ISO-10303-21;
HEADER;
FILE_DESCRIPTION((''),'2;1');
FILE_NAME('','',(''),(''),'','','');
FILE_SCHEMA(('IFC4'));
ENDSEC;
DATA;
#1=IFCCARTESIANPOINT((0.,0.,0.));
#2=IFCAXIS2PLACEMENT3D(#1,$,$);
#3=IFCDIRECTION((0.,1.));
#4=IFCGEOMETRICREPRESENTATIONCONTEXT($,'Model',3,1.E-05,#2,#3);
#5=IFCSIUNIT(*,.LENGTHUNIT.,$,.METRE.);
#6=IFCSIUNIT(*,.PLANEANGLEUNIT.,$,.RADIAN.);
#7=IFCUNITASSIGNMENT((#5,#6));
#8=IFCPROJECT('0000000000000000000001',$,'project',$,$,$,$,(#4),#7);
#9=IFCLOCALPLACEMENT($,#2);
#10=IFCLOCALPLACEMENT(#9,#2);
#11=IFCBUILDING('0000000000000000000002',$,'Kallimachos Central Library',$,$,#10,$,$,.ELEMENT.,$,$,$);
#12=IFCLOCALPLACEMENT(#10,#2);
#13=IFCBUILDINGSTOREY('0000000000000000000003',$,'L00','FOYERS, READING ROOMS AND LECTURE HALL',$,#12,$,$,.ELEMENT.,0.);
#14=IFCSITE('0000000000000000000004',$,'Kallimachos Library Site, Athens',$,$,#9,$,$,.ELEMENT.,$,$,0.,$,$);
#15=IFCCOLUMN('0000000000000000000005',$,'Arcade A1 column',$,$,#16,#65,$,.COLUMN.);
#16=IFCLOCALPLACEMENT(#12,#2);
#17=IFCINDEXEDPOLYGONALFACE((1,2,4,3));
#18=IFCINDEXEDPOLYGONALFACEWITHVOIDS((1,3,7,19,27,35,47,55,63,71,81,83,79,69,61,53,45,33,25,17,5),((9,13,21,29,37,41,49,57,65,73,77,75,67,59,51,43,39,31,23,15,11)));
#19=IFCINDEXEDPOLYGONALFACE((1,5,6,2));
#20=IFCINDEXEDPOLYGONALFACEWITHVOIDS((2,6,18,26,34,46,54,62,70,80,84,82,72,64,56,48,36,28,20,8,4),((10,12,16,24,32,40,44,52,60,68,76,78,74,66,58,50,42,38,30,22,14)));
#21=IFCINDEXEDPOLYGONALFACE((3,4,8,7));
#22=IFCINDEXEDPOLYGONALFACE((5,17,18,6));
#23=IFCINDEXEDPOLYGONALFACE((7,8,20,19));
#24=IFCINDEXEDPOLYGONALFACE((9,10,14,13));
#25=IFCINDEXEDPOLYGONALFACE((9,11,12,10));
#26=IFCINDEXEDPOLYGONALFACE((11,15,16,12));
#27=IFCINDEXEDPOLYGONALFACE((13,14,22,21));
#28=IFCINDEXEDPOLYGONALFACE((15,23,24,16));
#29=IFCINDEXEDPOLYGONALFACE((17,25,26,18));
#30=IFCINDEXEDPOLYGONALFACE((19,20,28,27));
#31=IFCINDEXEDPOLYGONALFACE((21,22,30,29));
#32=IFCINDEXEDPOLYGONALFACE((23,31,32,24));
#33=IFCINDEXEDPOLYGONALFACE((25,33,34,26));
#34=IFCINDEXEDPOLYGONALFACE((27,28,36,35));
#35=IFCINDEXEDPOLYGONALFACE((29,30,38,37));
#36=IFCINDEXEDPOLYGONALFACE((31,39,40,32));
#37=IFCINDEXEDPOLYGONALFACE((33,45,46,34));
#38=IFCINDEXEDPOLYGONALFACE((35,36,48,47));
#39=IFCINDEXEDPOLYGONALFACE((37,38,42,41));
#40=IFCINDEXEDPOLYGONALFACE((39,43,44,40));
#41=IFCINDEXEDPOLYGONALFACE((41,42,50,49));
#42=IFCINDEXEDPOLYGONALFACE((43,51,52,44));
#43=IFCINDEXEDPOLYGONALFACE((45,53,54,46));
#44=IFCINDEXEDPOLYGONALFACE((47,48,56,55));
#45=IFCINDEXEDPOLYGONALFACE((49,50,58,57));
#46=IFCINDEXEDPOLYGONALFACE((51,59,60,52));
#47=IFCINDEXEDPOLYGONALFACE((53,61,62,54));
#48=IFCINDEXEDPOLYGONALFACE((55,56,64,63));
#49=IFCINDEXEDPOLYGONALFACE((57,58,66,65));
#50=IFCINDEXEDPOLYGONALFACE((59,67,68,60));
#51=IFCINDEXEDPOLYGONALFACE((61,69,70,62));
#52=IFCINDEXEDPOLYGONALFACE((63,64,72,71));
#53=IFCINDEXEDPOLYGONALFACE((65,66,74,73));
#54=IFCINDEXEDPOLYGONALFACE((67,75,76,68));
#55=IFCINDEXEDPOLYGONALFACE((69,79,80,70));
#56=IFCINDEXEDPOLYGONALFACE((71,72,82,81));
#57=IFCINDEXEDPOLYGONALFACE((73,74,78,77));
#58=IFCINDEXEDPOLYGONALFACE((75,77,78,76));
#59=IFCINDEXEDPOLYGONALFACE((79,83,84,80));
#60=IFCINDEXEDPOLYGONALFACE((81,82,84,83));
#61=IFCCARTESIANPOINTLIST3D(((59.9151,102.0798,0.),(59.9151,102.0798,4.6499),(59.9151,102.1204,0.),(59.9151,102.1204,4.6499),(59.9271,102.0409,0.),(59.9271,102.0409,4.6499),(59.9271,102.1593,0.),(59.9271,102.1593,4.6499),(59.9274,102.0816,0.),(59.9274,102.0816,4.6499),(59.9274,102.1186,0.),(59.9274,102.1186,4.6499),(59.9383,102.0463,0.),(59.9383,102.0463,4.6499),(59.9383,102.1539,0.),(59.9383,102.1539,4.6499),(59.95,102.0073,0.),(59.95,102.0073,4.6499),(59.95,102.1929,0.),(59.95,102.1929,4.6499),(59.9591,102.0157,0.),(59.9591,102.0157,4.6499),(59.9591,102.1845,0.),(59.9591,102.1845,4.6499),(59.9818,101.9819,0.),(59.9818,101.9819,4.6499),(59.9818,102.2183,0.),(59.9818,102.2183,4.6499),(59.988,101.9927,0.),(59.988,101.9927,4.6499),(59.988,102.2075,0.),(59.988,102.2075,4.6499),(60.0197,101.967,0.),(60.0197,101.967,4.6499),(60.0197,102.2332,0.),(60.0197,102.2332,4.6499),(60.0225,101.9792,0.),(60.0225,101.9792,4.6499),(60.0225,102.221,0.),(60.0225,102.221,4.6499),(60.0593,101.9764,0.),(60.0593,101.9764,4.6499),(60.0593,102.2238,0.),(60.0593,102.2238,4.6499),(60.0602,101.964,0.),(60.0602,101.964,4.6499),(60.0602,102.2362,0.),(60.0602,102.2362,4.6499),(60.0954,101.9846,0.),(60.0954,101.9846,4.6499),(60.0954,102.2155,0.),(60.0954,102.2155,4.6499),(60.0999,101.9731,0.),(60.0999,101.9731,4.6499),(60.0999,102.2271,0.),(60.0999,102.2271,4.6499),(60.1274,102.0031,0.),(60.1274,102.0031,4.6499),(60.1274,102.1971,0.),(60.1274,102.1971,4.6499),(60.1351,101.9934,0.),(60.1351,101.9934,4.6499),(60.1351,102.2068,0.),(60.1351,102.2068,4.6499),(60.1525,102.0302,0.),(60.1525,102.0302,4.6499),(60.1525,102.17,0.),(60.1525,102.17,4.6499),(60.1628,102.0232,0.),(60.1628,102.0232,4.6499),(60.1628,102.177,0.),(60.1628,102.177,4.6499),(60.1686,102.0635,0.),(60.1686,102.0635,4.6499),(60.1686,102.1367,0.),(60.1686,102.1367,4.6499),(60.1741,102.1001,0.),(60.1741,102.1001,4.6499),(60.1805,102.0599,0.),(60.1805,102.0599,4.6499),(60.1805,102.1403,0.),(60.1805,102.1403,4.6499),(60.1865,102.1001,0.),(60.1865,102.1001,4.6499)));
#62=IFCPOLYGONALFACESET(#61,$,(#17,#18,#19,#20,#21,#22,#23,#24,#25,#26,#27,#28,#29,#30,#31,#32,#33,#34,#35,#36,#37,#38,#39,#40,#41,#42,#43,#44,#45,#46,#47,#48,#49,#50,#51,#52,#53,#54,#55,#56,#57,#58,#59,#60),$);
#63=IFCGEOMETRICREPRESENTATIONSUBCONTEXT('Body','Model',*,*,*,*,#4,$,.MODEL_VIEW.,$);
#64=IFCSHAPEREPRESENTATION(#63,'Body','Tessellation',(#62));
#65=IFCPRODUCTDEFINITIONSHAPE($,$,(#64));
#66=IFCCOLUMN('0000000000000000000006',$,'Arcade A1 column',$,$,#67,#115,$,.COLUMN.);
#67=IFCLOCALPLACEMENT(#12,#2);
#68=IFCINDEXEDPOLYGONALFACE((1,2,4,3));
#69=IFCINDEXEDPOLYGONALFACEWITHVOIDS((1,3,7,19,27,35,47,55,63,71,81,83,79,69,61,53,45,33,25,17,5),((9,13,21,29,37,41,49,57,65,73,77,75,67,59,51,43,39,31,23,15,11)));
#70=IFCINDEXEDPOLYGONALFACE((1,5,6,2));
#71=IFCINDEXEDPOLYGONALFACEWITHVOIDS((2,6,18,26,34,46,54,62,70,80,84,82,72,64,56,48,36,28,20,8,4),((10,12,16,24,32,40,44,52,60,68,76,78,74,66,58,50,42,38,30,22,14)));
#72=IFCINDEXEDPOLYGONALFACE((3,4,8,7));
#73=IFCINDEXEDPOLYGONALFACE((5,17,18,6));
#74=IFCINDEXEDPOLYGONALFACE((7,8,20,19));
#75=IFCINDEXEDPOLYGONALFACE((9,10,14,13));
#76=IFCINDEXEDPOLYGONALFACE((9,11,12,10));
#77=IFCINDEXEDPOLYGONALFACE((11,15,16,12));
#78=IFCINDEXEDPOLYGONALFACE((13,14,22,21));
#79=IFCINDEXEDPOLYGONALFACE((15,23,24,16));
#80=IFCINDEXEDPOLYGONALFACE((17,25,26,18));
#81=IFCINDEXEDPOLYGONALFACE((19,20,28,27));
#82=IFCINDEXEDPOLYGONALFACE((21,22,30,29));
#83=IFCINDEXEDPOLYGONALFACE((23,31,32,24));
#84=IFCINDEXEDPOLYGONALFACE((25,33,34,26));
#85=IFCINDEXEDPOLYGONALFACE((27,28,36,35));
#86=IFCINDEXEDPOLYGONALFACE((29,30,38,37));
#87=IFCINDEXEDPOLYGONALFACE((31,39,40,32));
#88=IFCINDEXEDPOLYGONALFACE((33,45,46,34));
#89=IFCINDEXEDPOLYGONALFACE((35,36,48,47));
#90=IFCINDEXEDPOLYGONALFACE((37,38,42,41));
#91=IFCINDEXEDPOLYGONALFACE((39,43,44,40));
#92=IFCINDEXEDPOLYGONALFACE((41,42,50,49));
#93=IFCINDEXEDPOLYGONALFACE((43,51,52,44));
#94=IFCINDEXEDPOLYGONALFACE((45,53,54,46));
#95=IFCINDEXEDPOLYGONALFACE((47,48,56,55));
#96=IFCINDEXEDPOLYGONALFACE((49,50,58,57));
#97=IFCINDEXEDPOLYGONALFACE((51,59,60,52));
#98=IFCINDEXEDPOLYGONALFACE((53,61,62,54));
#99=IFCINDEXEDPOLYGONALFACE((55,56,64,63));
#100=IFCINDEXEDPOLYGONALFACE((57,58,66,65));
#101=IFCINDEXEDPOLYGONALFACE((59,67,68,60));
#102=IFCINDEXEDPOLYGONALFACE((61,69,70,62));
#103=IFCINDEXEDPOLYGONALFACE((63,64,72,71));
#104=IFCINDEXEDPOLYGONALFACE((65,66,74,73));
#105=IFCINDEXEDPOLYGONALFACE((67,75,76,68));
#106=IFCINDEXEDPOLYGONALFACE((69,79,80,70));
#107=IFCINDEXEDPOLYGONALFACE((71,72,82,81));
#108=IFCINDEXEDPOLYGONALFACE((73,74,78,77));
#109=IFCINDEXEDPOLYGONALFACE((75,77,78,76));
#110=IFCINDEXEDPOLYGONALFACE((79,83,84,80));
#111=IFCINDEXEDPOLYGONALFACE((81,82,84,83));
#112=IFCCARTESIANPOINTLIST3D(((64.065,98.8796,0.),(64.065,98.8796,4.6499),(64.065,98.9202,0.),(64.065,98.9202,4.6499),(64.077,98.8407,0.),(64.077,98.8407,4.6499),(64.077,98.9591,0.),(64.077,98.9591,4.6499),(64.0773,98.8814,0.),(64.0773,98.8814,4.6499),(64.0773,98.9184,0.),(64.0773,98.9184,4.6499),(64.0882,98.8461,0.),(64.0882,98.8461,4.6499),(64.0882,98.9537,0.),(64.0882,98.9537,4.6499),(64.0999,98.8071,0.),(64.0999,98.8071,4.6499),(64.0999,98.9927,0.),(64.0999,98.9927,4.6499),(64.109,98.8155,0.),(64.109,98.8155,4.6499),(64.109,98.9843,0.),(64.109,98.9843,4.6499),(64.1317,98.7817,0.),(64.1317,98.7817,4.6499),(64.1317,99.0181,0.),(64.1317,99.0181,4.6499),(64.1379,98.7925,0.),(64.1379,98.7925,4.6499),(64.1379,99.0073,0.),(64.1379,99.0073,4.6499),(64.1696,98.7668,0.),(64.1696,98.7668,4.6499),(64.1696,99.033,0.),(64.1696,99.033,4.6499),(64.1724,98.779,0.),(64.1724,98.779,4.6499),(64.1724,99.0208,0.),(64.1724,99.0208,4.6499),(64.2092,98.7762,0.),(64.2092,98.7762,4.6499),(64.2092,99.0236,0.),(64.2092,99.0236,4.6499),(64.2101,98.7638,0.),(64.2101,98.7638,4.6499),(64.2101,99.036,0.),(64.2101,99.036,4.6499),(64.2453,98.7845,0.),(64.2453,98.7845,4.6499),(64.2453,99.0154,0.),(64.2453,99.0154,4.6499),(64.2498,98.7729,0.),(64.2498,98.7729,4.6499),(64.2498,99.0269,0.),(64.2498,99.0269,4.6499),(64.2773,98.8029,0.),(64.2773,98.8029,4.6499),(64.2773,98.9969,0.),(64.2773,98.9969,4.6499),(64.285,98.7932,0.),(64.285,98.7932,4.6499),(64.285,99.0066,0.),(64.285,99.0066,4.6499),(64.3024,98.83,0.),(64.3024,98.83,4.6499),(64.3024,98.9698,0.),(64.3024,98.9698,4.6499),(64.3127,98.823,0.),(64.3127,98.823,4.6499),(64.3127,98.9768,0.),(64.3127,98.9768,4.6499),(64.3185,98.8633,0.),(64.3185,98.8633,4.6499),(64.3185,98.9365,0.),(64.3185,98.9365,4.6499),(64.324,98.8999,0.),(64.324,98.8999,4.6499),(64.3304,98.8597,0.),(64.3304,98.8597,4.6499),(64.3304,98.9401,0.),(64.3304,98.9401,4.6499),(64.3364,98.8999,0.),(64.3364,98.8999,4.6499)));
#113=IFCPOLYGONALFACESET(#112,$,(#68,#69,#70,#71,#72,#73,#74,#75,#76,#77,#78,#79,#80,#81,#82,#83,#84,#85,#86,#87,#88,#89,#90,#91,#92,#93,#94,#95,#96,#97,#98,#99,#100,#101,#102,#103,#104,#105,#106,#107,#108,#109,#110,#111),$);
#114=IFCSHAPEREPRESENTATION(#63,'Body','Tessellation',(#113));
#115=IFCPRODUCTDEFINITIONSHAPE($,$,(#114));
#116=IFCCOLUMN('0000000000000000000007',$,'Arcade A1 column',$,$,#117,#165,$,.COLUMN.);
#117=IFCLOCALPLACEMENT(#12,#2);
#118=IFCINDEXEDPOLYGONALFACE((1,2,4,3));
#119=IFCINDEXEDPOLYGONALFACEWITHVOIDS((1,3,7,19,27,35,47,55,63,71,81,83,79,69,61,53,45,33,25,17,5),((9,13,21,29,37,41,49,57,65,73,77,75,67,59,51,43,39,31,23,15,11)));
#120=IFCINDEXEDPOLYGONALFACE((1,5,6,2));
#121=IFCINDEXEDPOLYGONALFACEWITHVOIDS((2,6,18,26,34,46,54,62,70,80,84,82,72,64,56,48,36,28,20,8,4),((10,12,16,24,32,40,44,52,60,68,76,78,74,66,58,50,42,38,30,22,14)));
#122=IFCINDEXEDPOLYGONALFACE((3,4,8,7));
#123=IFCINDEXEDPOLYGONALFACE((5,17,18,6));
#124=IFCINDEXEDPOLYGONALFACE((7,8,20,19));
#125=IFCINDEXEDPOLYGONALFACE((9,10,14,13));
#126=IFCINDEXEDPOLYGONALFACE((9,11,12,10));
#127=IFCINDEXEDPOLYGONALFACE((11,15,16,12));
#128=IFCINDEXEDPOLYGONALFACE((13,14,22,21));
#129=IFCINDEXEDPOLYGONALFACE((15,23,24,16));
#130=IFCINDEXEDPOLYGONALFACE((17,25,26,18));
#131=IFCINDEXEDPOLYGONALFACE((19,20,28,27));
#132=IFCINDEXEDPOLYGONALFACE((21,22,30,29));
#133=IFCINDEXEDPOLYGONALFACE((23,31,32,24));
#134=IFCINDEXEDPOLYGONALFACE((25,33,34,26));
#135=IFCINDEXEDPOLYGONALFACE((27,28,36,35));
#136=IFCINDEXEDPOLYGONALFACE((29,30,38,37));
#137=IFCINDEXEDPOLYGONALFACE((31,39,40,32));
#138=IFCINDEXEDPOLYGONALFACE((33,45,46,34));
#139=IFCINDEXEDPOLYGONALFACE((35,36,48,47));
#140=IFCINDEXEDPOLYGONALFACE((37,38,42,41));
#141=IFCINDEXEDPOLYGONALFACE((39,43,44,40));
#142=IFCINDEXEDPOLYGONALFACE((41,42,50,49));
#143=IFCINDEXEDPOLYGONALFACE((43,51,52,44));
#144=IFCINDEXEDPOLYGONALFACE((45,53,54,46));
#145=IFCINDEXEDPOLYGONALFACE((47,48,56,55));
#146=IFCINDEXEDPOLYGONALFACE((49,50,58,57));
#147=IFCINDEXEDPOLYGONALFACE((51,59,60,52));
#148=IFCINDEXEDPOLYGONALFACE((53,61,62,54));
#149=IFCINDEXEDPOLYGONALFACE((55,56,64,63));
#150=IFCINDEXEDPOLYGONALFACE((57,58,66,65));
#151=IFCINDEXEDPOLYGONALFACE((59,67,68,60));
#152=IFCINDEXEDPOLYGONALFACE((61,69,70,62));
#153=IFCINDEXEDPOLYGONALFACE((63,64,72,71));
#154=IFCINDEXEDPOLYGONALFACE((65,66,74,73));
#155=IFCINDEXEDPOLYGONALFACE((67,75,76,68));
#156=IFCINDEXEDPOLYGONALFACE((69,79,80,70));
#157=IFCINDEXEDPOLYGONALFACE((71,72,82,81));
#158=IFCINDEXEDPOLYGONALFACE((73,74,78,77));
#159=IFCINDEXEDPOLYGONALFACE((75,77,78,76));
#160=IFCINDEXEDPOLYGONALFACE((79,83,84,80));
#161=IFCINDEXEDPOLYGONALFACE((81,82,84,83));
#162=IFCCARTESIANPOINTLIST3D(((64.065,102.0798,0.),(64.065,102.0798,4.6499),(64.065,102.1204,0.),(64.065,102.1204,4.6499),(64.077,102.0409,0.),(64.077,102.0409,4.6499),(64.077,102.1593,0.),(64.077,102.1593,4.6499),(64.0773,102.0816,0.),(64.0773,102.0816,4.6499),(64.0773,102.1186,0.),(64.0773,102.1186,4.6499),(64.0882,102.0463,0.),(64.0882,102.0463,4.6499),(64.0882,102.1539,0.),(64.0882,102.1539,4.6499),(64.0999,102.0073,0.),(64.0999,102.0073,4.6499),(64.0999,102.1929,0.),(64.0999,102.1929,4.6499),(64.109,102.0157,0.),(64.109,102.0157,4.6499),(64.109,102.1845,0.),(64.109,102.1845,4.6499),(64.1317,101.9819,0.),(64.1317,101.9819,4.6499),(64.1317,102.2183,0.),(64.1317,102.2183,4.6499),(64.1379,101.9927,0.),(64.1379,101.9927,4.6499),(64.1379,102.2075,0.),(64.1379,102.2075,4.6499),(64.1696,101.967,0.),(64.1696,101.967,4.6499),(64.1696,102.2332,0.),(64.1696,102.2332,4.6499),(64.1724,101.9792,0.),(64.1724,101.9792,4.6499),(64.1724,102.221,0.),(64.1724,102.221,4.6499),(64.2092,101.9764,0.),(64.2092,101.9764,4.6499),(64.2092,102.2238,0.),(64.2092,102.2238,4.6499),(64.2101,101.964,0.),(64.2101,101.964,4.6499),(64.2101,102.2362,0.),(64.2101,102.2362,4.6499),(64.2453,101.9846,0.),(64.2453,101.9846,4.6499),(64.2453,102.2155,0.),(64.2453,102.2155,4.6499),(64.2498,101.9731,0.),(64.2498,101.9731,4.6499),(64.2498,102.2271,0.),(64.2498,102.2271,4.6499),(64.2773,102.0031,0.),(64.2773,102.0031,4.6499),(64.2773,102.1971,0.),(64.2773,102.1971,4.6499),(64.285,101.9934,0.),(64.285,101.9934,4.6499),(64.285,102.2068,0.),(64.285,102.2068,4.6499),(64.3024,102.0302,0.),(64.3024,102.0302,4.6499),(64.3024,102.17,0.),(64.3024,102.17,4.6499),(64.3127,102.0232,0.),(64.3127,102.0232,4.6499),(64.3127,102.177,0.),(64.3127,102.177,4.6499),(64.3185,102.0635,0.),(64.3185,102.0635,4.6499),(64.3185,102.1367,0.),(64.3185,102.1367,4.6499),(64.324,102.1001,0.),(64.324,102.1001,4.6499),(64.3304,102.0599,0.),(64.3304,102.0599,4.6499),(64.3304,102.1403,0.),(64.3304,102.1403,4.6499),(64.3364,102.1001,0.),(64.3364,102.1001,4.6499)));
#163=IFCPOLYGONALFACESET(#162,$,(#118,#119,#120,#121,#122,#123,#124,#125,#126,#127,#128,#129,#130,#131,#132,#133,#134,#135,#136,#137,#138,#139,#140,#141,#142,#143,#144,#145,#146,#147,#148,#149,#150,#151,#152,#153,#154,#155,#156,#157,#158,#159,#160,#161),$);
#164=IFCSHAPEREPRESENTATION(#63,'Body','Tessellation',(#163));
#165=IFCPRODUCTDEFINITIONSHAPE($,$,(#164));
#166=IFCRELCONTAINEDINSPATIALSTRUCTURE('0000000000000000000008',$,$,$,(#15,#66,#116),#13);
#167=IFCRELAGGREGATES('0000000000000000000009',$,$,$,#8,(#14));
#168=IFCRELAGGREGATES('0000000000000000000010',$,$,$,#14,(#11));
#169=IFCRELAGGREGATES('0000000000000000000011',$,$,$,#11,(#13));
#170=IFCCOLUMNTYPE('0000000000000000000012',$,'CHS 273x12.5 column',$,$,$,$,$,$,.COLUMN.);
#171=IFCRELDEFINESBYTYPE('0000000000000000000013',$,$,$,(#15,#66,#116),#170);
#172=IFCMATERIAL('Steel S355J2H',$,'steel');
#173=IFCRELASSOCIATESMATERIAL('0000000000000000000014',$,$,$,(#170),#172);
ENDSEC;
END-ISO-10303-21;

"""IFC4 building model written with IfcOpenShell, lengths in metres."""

from ifc_helpers import new_model, si_unit, direction, frame, origin, origin_2d, place, context, subcontext, project, spatial, hollow_circle, extrude, material, material_profile, profile_set, type_object, element, save


model = new_model("IFC4")

# Units and contexts
model_context = context("Model", 3, precision=1e-05, world=origin(), true_north=direction((0.0, 1.0)))
body_context = subcontext(model_context, "Body", "Model", "MODEL_VIEW")
ifc_project = project(units=[si_unit("LENGTHUNIT", "METRE"), si_unit("PLANEANGLEUNIT", "RADIAN")], contexts=[model_context])

# Site, building, storey
site_placement = place(None, origin())
site = spatial("IfcSite", under=ifc_project, at=site_placement, Name="Kallimachos Library Site, Athens", CompositionType="ELEMENT", RefElevation=0.0)
building_placement = place(site_placement, origin())
building = spatial("IfcBuilding", under=site, at=building_placement, Name="Kallimachos Central Library", CompositionType="ELEMENT")
storey_placement = place(building_placement, origin())
storey = spatial("IfcBuildingStorey", under=building, at=storey_placement, Name="L00", Description="FOYERS, READING ROOMS AND LECTURE HALL", CompositionType="ELEMENT", Elevation=0.0)

# Columns
ifc_material_1 = material(Name="Steel S355J2H", Category="steel")
ifc_material_profile_1 = material_profile(ifc_material_1, hollow_circle(Radius=0.1365, WallThickness=0.0125, at=origin_2d()), Name="CHS 273x12.5")
ifc_profile_set_1 = profile_set([ifc_material_profile_1], Name="Steel S355J2H")
column_type_1 = type_object("IfcColumnType", Name="CHS 273x12.5 column", PredefinedType="COLUMN", material=ifc_profile_set_1)
for number, where, z_axis, x_axis, name in (
    (1, (60.05, 102.1001, 0.0), (0.0, 0.0, 1.0), (1.0, 0.0, 0.0), "Arcade A1 column"),
    (2, (64.2, 98.8999, 0.0), (0.0, 0.0, 1.0), (1.0, 0.0, 0.0), "Arcade A1 column"),
    (3, (64.2, 102.1001, 0.0), (0.0, 0.0, 1.0), (1.0, 0.0, 0.0), "Arcade A1 column"),
):
    element("IfcColumn", number, at=place(storey_placement, frame(where, z_axis=z_axis, x_axis=x_axis)), inside=storey, type_object=column_type_1, Name=name, PredefinedType="COLUMN", context=body_context, shape_type="SweptSolid", body=[
        extrude(hollow_circle(Radius=0.1365, WallThickness=0.0125, at=origin_2d()), origin(), (0.0, 0.0, 1.0), 4.6499),
    ])

save(model, "model.ifc")
